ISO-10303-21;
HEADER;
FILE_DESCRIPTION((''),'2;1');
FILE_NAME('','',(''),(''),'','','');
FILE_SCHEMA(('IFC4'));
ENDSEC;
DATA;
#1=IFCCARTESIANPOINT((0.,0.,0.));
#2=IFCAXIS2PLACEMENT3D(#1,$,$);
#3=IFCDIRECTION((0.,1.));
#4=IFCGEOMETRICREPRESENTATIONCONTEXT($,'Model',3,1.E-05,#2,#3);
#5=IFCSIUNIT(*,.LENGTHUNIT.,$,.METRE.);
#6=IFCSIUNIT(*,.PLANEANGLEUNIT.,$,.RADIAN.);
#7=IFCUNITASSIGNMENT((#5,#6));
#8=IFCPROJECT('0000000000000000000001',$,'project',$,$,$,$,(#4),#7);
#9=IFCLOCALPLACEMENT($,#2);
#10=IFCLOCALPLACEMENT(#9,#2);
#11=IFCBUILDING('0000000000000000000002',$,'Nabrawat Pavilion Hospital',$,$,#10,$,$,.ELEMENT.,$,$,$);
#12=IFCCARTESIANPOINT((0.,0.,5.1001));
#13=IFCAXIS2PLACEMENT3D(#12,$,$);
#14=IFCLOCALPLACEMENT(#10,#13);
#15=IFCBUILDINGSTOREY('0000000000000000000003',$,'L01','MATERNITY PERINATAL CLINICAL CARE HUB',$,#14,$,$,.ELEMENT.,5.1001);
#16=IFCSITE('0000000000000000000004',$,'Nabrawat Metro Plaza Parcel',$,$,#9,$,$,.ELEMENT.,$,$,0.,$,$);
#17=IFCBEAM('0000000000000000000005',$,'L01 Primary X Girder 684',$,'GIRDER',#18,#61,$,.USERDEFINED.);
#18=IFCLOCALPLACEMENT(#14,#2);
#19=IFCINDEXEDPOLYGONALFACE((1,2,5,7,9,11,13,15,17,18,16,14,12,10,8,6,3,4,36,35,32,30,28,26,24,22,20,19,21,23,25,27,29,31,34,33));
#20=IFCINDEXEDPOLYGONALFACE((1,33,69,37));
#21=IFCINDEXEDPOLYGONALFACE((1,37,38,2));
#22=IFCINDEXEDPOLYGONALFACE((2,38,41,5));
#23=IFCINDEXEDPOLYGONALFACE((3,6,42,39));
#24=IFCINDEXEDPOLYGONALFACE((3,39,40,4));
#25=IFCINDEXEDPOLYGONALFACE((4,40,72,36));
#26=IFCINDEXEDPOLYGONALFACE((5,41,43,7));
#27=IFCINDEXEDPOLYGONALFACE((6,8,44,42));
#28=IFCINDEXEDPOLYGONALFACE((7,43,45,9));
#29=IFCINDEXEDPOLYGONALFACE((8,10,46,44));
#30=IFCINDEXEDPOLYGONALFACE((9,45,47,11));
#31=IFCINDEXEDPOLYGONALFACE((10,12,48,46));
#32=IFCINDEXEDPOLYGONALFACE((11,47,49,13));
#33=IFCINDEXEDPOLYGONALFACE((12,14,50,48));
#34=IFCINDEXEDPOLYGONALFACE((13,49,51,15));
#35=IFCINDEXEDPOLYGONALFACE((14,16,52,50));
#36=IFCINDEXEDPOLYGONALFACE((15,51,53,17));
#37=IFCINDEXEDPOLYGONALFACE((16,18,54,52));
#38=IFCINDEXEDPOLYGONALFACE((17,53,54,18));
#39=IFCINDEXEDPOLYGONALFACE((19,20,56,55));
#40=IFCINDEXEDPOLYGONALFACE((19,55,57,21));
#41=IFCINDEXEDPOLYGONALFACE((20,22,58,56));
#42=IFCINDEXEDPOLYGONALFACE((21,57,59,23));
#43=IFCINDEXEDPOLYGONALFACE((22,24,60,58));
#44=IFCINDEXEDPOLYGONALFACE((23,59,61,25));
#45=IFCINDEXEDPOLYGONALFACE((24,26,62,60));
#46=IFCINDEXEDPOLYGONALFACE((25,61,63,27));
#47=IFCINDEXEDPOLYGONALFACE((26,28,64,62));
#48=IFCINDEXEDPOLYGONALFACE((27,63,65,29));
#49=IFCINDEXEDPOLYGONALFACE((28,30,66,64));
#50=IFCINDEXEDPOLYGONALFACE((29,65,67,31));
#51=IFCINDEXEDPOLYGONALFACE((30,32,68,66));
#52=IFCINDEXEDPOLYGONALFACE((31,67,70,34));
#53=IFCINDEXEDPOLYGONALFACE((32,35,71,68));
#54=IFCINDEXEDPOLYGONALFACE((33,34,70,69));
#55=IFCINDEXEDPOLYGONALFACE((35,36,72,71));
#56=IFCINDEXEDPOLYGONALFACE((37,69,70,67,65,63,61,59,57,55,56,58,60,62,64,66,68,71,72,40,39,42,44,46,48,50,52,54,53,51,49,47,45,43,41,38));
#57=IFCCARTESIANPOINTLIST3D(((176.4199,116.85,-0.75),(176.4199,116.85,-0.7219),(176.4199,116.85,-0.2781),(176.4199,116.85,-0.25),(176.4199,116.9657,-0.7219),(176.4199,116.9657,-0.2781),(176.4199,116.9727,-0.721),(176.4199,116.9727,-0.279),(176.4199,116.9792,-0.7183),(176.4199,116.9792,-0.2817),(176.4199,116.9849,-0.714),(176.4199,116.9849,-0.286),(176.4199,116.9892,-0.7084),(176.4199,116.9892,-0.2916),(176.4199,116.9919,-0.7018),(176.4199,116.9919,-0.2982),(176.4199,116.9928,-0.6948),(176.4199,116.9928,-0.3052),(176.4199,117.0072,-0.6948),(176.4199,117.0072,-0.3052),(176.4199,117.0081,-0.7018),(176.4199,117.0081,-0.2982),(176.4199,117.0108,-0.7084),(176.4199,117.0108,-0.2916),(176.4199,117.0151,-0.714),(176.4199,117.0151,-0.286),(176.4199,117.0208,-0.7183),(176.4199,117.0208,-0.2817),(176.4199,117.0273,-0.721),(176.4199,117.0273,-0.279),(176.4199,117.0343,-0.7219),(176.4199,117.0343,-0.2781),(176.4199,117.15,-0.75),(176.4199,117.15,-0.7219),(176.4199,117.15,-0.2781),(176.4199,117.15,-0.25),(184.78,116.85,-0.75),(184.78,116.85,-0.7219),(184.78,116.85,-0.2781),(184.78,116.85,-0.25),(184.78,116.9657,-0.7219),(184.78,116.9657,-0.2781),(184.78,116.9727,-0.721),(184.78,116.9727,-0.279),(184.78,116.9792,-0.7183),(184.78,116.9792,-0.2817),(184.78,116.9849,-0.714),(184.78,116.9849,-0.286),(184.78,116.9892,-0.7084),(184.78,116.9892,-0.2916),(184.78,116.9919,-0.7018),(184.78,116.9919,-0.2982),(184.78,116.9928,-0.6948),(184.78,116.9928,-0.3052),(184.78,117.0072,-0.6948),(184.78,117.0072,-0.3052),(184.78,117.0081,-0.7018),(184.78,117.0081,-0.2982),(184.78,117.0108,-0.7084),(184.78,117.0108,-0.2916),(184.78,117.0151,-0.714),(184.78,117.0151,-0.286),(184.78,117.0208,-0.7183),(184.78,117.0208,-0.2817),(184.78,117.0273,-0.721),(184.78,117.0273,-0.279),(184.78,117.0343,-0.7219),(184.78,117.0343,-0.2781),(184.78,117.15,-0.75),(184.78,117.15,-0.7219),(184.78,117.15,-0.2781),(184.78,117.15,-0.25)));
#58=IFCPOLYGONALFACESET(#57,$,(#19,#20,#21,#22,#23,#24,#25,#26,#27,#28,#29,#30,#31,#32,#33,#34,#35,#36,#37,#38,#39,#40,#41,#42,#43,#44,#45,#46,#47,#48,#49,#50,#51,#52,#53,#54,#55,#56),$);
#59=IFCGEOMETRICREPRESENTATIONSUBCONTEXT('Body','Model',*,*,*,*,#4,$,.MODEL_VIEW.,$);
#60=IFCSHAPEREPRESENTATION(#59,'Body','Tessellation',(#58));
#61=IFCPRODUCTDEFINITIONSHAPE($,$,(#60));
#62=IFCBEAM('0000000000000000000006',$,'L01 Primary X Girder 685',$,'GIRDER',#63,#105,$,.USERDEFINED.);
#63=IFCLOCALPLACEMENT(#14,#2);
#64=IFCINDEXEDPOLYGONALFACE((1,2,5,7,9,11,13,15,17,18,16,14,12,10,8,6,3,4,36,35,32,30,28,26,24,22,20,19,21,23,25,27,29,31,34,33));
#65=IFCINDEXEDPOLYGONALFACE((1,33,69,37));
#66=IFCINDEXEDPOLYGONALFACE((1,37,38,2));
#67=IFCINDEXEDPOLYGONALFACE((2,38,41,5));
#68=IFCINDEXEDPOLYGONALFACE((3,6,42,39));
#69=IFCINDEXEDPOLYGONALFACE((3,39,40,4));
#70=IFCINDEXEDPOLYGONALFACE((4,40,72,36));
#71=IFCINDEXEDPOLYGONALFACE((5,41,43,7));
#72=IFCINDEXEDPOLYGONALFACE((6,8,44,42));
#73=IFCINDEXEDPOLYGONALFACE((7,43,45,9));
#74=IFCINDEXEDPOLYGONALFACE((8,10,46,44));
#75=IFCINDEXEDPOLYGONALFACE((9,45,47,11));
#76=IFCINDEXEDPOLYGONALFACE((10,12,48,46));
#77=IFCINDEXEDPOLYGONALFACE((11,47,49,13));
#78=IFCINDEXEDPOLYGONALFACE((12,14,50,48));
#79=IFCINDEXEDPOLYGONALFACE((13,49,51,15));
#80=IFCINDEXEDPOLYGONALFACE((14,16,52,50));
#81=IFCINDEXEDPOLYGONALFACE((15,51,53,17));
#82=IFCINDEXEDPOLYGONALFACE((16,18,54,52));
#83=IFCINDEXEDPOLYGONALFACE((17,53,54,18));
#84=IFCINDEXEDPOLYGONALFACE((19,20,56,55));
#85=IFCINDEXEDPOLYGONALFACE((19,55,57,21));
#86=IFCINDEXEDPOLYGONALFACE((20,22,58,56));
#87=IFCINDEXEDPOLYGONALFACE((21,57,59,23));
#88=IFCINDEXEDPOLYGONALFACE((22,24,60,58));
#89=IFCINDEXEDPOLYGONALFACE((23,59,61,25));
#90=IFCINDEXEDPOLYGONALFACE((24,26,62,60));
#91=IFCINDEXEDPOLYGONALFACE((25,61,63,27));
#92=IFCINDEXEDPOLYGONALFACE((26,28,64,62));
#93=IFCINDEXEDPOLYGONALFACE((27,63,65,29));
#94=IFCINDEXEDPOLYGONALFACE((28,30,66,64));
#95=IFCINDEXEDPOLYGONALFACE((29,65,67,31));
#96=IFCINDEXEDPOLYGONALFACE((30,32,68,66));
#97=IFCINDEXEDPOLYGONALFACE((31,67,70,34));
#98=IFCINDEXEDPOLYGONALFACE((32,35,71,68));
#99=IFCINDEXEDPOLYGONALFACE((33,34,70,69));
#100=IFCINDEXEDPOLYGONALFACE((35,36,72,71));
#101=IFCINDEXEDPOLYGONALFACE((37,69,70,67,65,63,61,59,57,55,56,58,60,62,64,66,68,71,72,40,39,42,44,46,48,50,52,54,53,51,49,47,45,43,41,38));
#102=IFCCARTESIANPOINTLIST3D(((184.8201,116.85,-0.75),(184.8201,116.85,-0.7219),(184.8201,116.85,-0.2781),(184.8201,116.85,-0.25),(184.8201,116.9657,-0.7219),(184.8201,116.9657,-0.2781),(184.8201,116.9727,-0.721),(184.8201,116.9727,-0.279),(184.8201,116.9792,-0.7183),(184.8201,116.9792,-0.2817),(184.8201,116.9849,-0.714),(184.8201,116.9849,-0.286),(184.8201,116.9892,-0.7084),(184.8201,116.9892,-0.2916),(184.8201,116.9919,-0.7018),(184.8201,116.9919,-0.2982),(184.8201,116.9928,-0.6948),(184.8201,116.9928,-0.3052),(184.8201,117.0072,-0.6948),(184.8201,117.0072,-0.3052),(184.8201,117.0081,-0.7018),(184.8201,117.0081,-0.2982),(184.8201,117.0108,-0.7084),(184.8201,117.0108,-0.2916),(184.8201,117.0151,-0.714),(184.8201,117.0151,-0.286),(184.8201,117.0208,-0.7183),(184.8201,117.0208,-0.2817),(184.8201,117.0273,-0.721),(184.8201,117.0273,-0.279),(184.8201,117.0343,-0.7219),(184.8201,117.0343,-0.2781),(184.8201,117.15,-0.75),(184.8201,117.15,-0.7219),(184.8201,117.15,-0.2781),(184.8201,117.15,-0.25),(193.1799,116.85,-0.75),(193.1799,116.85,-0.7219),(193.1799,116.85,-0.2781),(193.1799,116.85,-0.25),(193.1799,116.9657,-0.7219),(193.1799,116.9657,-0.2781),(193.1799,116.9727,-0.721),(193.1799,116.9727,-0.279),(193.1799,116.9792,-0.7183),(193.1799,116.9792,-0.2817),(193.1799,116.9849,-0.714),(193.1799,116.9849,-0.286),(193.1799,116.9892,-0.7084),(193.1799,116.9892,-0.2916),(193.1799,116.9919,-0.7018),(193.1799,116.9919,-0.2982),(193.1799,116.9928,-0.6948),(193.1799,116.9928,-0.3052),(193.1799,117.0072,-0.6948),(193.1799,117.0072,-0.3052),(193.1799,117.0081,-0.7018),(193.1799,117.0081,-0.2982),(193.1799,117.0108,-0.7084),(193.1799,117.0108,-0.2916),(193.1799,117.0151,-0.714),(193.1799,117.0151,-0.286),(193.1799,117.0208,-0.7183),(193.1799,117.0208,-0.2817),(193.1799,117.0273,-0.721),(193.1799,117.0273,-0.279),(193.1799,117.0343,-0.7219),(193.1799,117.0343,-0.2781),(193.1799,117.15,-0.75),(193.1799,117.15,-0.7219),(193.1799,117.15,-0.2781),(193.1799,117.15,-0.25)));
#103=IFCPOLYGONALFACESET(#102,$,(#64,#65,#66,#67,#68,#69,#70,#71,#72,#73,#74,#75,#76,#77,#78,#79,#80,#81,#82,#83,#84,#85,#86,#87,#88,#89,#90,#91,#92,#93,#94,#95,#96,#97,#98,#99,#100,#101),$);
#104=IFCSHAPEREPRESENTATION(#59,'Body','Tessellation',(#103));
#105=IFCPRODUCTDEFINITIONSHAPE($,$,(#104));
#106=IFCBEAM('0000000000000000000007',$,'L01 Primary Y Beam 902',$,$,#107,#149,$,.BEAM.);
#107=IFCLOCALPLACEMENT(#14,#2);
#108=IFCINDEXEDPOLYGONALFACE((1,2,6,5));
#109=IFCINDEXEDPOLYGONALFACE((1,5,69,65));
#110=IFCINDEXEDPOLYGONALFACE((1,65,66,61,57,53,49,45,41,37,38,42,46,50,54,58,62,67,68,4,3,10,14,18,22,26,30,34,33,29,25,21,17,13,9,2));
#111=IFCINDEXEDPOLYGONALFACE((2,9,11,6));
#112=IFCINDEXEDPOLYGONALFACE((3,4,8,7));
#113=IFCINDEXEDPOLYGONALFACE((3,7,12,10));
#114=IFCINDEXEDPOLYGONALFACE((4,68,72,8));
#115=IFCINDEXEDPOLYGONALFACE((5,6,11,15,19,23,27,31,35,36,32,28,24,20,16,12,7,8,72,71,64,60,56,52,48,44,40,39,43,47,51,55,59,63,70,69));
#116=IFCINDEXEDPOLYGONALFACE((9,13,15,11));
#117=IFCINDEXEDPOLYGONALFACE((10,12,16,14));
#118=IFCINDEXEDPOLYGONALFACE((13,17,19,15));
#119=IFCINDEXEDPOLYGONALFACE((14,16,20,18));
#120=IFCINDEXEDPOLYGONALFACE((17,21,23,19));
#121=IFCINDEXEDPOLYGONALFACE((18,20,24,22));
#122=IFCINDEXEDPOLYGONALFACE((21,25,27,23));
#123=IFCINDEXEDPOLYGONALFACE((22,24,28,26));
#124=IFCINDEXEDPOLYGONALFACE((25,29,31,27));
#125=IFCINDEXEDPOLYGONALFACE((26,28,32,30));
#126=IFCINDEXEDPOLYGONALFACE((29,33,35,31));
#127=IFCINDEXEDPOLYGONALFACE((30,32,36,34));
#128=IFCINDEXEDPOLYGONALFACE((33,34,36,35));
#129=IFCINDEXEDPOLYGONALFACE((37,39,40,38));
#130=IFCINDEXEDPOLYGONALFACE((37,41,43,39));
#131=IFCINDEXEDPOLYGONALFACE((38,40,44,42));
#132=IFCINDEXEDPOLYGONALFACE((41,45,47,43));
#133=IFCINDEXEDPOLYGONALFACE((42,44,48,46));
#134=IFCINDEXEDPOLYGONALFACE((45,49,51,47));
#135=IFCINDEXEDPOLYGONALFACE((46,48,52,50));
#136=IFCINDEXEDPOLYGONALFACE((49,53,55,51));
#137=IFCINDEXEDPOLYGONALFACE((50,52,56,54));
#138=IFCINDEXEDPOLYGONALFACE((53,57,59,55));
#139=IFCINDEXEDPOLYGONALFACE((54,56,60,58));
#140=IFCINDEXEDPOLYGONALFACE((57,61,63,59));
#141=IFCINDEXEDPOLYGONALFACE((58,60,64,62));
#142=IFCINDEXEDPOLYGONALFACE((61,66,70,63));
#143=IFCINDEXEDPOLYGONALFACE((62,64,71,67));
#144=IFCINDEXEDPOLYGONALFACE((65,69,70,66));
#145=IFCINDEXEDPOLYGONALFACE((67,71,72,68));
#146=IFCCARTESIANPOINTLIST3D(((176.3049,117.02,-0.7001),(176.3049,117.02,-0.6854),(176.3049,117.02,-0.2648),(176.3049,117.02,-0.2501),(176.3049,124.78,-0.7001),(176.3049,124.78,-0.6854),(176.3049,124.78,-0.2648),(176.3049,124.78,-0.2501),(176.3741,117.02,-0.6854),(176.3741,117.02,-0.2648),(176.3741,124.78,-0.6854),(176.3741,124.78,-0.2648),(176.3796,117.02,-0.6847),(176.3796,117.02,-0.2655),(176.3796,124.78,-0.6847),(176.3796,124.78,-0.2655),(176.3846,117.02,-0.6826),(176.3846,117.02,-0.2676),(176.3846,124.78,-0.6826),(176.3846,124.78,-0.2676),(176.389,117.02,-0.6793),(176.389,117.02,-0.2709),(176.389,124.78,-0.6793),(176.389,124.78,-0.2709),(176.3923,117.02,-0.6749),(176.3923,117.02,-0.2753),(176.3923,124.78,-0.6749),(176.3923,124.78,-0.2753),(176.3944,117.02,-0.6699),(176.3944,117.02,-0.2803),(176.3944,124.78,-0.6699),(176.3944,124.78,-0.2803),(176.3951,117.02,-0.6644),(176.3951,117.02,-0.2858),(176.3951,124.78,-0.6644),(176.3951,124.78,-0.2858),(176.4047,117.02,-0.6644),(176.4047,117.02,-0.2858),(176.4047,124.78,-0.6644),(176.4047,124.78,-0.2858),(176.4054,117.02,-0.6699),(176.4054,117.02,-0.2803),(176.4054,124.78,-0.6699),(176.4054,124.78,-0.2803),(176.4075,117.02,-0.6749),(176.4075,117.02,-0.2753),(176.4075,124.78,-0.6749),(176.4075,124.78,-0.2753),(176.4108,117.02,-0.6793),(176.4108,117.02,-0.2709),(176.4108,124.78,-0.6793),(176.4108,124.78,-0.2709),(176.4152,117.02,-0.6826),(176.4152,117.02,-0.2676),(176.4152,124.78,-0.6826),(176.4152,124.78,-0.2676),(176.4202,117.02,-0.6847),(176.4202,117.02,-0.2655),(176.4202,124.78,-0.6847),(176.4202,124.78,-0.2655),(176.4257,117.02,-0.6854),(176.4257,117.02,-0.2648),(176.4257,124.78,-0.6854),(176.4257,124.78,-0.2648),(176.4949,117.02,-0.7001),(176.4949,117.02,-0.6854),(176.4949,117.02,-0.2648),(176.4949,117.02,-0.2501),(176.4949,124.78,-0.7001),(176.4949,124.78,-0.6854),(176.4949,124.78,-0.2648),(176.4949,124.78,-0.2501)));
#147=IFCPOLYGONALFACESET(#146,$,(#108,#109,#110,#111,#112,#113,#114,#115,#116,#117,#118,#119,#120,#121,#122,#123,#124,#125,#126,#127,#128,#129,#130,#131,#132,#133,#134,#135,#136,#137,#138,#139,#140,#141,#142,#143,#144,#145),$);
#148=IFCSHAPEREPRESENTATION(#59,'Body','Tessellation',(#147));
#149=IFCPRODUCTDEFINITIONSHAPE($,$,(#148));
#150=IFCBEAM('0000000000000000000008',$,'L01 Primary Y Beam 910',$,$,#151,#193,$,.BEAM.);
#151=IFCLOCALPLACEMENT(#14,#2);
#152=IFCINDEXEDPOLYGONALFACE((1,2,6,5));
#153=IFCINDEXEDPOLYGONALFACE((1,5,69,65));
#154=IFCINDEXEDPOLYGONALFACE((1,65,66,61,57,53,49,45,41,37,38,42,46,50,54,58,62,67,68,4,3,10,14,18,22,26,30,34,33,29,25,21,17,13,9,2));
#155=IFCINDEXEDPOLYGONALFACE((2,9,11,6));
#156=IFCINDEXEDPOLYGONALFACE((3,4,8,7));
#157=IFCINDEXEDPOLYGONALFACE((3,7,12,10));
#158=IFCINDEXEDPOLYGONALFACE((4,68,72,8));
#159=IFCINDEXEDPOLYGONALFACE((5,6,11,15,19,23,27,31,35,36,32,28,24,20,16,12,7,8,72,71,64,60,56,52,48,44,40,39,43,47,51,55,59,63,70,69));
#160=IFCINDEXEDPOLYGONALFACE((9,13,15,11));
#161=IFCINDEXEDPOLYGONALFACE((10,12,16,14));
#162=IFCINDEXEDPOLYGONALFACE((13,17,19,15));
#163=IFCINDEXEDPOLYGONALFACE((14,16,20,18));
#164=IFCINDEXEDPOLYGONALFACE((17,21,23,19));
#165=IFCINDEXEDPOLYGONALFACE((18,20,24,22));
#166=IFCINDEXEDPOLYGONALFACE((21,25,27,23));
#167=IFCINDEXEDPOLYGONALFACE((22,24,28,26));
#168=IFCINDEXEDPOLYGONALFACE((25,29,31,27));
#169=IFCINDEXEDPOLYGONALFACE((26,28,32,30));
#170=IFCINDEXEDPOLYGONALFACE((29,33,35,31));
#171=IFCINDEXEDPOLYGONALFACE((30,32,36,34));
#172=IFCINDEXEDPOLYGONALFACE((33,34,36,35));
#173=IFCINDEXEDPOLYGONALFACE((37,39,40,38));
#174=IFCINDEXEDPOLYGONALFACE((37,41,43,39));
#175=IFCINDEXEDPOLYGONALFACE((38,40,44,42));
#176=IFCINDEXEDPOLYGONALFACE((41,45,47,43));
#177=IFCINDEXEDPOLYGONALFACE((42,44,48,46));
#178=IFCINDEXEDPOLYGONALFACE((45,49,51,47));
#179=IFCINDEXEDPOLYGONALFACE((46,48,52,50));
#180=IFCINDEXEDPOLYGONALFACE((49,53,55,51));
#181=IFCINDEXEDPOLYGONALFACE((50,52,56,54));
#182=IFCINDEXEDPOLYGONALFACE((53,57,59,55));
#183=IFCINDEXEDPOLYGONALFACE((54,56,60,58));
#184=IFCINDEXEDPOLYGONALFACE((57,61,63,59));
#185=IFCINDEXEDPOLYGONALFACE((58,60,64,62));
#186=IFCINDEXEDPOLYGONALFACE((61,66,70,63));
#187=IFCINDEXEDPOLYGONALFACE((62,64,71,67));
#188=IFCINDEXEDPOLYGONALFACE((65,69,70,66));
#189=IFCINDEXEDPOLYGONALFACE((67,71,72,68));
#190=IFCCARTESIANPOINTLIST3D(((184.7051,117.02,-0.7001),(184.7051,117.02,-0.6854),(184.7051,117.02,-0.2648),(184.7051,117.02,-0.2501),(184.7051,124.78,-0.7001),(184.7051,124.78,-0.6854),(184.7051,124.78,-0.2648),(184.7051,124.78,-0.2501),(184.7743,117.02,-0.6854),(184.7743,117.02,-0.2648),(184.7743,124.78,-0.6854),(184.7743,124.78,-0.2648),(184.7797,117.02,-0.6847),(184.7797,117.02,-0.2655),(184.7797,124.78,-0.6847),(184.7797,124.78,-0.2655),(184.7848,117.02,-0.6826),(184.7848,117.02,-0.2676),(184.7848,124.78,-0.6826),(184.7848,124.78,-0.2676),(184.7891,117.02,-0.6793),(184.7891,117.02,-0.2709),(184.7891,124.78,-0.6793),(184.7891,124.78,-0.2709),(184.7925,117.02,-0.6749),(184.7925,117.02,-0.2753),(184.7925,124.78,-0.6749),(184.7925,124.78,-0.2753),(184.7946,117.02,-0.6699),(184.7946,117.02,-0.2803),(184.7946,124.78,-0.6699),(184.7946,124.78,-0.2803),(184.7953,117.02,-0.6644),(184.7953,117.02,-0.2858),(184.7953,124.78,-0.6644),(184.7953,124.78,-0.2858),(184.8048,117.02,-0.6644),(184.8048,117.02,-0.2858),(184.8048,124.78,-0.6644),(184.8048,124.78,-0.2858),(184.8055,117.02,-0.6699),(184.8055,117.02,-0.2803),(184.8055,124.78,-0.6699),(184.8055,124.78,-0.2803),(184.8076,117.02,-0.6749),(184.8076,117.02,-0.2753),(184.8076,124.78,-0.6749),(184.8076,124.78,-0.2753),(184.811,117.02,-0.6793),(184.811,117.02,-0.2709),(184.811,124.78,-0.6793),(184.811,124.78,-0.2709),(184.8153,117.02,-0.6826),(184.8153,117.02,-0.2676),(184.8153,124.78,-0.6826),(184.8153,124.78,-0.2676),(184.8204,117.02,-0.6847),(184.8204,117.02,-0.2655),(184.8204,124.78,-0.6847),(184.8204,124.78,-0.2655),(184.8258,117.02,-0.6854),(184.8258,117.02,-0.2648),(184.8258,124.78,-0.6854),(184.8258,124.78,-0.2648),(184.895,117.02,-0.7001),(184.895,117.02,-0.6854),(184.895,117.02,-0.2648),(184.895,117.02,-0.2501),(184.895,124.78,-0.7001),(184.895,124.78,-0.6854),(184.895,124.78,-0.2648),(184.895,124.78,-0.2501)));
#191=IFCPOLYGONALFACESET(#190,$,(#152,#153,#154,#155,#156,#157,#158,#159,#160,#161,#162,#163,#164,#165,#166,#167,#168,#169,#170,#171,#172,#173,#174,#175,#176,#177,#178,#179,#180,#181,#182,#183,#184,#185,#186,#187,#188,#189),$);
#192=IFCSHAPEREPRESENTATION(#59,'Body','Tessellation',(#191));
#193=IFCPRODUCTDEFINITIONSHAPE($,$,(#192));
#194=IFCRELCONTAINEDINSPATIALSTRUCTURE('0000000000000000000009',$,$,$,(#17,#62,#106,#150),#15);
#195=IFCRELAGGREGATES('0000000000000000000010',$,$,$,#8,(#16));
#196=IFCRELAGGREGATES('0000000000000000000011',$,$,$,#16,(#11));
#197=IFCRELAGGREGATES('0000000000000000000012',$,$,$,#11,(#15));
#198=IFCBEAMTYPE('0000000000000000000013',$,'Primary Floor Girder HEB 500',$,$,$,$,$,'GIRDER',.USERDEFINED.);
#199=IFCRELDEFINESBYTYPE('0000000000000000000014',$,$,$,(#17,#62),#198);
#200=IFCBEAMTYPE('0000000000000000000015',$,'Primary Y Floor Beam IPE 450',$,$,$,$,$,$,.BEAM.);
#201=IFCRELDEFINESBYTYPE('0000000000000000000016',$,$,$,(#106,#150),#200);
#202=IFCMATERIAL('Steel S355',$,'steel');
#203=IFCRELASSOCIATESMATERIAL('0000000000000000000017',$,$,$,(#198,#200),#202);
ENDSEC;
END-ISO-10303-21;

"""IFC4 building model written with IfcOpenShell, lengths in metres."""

from ifc_helpers import new_model, si_unit, direction, frame, origin, origin_2d, place, context, subcontext, project, spatial, i_section, extrude, material, material_profile, profile_set, type_object, element, save


model = new_model("IFC4")

# Units and contexts
model_context = context("Model", 3, precision=1e-05, world=origin(), true_north=direction((0.0, 1.0)))
body_context = subcontext(model_context, "Body", "Model", "MODEL_VIEW")
ifc_project = project(units=[si_unit("LENGTHUNIT", "METRE"), si_unit("PLANEANGLEUNIT", "RADIAN")], contexts=[model_context])

# Site, building, storey
site_placement = place(None, origin())
site = spatial("IfcSite", under=ifc_project, at=site_placement, Name="Nabrawat Metro Plaza Parcel", CompositionType="ELEMENT", RefElevation=0.0)
building_placement = place(site_placement, origin())
building = spatial("IfcBuilding", under=site, at=building_placement, Name="Nabrawat Pavilion Hospital", CompositionType="ELEMENT")
storey_placement = place(building_placement, frame((0.0, 0.0, 5.1001)))
storey = spatial("IfcBuildingStorey", under=building, at=storey_placement, Name="L01", Description="MATERNITY PERINATAL CLINICAL CARE HUB", CompositionType="ELEMENT", Elevation=5.1001)

# Shared definitions
ifc_material_1 = material(Name="Steel S355", Category="steel")

# Beams
ifc_material_profile_1 = material_profile(ifc_material_1, i_section(OverallWidth=0.3, OverallDepth=0.5, WebThickness=0.0144, FlangeThickness=0.0281, FilletRadius=0.0271, at=origin_2d()), Name="HEB 500")
ifc_profile_set_1 = profile_set([ifc_material_profile_1], Name="Steel S355")
beam_type_1 = type_object("IfcBeamType", Name="Primary Floor Girder HEB 500", ElementType="GIRDER", PredefinedType="USERDEFINED", material=ifc_profile_set_1)
beam_1_placement = place(storey_placement, frame((176.4199, 117.0, -0.5), z_axis=(1.0, 0.0, 0.0), x_axis=(0.0, 1.0, 0.0)))
element("IfcBeam", 1, at=beam_1_placement, inside=storey, type_object=beam_type_1, Name="L01 Primary X Girder 684", ObjectType="GIRDER", PredefinedType="USERDEFINED", context=body_context, shape_type="SweptSolid", body=[
    extrude(i_section(OverallWidth=0.3, OverallDepth=0.5, WebThickness=0.0144, FlangeThickness=0.0281, FilletRadius=0.0271, at=origin_2d()), origin(), (0.0, 0.0, 1.0), 8.3601),
])
beam_2_placement = place(storey_placement, frame((184.8201, 117.0, -0.5), z_axis=(1.0, 0.0, 0.0), x_axis=(0.0, 1.0, 0.0)))
element("IfcBeam", 2, at=beam_2_placement, inside=storey, type_object=beam_type_1, Name="L01 Primary X Girder 685", ObjectType="GIRDER", PredefinedType="USERDEFINED", context=body_context, shape_type="SweptSolid", body=[
    extrude(i_section(OverallWidth=0.3, OverallDepth=0.5, WebThickness=0.0144, FlangeThickness=0.0281, FilletRadius=0.0271, at=origin_2d()), origin(), (0.0, 0.0, 1.0), 8.3599),
])
ifc_material_profile_2 = material_profile(ifc_material_1, i_section(OverallWidth=0.1899, OverallDepth=0.45, WebThickness=0.0095, FlangeThickness=0.0146, FilletRadius=0.021, at=origin_2d()), Name="IPE 450")
ifc_profile_set_2 = profile_set([ifc_material_profile_2], Name="Steel S355")
beam_type_2 = type_object("IfcBeamType", Name="Primary Y Floor Beam IPE 450", PredefinedType="BEAM", material=ifc_profile_set_2)
for number, where, z_axis, x_axis, name in (
    (3, (176.3999, 117.02, -0.4751), (0.0, 1.0, 0.0), (-1.0, 0.0, 0.0), "L01 Primary Y Beam 902"),
    (4, (184.8, 117.02, -0.4751), (0.0, 1.0, 0.0), (-1.0, 0.0, 0.0), "L01 Primary Y Beam 910"),
):
    element("IfcBeam", number, at=place(storey_placement, frame(where, z_axis=z_axis, x_axis=x_axis)), inside=storey, type_object=beam_type_2, Name=name, PredefinedType="BEAM", context=body_context, shape_type="SweptSolid", body=[
        extrude(i_section(OverallWidth=0.1899, OverallDepth=0.45, WebThickness=0.0095, FlangeThickness=0.0146, FilletRadius=0.021, at=origin_2d()), origin(), (0.0, 0.0, 1.0), 7.76),
    ])

save(model, "model.ifc")
